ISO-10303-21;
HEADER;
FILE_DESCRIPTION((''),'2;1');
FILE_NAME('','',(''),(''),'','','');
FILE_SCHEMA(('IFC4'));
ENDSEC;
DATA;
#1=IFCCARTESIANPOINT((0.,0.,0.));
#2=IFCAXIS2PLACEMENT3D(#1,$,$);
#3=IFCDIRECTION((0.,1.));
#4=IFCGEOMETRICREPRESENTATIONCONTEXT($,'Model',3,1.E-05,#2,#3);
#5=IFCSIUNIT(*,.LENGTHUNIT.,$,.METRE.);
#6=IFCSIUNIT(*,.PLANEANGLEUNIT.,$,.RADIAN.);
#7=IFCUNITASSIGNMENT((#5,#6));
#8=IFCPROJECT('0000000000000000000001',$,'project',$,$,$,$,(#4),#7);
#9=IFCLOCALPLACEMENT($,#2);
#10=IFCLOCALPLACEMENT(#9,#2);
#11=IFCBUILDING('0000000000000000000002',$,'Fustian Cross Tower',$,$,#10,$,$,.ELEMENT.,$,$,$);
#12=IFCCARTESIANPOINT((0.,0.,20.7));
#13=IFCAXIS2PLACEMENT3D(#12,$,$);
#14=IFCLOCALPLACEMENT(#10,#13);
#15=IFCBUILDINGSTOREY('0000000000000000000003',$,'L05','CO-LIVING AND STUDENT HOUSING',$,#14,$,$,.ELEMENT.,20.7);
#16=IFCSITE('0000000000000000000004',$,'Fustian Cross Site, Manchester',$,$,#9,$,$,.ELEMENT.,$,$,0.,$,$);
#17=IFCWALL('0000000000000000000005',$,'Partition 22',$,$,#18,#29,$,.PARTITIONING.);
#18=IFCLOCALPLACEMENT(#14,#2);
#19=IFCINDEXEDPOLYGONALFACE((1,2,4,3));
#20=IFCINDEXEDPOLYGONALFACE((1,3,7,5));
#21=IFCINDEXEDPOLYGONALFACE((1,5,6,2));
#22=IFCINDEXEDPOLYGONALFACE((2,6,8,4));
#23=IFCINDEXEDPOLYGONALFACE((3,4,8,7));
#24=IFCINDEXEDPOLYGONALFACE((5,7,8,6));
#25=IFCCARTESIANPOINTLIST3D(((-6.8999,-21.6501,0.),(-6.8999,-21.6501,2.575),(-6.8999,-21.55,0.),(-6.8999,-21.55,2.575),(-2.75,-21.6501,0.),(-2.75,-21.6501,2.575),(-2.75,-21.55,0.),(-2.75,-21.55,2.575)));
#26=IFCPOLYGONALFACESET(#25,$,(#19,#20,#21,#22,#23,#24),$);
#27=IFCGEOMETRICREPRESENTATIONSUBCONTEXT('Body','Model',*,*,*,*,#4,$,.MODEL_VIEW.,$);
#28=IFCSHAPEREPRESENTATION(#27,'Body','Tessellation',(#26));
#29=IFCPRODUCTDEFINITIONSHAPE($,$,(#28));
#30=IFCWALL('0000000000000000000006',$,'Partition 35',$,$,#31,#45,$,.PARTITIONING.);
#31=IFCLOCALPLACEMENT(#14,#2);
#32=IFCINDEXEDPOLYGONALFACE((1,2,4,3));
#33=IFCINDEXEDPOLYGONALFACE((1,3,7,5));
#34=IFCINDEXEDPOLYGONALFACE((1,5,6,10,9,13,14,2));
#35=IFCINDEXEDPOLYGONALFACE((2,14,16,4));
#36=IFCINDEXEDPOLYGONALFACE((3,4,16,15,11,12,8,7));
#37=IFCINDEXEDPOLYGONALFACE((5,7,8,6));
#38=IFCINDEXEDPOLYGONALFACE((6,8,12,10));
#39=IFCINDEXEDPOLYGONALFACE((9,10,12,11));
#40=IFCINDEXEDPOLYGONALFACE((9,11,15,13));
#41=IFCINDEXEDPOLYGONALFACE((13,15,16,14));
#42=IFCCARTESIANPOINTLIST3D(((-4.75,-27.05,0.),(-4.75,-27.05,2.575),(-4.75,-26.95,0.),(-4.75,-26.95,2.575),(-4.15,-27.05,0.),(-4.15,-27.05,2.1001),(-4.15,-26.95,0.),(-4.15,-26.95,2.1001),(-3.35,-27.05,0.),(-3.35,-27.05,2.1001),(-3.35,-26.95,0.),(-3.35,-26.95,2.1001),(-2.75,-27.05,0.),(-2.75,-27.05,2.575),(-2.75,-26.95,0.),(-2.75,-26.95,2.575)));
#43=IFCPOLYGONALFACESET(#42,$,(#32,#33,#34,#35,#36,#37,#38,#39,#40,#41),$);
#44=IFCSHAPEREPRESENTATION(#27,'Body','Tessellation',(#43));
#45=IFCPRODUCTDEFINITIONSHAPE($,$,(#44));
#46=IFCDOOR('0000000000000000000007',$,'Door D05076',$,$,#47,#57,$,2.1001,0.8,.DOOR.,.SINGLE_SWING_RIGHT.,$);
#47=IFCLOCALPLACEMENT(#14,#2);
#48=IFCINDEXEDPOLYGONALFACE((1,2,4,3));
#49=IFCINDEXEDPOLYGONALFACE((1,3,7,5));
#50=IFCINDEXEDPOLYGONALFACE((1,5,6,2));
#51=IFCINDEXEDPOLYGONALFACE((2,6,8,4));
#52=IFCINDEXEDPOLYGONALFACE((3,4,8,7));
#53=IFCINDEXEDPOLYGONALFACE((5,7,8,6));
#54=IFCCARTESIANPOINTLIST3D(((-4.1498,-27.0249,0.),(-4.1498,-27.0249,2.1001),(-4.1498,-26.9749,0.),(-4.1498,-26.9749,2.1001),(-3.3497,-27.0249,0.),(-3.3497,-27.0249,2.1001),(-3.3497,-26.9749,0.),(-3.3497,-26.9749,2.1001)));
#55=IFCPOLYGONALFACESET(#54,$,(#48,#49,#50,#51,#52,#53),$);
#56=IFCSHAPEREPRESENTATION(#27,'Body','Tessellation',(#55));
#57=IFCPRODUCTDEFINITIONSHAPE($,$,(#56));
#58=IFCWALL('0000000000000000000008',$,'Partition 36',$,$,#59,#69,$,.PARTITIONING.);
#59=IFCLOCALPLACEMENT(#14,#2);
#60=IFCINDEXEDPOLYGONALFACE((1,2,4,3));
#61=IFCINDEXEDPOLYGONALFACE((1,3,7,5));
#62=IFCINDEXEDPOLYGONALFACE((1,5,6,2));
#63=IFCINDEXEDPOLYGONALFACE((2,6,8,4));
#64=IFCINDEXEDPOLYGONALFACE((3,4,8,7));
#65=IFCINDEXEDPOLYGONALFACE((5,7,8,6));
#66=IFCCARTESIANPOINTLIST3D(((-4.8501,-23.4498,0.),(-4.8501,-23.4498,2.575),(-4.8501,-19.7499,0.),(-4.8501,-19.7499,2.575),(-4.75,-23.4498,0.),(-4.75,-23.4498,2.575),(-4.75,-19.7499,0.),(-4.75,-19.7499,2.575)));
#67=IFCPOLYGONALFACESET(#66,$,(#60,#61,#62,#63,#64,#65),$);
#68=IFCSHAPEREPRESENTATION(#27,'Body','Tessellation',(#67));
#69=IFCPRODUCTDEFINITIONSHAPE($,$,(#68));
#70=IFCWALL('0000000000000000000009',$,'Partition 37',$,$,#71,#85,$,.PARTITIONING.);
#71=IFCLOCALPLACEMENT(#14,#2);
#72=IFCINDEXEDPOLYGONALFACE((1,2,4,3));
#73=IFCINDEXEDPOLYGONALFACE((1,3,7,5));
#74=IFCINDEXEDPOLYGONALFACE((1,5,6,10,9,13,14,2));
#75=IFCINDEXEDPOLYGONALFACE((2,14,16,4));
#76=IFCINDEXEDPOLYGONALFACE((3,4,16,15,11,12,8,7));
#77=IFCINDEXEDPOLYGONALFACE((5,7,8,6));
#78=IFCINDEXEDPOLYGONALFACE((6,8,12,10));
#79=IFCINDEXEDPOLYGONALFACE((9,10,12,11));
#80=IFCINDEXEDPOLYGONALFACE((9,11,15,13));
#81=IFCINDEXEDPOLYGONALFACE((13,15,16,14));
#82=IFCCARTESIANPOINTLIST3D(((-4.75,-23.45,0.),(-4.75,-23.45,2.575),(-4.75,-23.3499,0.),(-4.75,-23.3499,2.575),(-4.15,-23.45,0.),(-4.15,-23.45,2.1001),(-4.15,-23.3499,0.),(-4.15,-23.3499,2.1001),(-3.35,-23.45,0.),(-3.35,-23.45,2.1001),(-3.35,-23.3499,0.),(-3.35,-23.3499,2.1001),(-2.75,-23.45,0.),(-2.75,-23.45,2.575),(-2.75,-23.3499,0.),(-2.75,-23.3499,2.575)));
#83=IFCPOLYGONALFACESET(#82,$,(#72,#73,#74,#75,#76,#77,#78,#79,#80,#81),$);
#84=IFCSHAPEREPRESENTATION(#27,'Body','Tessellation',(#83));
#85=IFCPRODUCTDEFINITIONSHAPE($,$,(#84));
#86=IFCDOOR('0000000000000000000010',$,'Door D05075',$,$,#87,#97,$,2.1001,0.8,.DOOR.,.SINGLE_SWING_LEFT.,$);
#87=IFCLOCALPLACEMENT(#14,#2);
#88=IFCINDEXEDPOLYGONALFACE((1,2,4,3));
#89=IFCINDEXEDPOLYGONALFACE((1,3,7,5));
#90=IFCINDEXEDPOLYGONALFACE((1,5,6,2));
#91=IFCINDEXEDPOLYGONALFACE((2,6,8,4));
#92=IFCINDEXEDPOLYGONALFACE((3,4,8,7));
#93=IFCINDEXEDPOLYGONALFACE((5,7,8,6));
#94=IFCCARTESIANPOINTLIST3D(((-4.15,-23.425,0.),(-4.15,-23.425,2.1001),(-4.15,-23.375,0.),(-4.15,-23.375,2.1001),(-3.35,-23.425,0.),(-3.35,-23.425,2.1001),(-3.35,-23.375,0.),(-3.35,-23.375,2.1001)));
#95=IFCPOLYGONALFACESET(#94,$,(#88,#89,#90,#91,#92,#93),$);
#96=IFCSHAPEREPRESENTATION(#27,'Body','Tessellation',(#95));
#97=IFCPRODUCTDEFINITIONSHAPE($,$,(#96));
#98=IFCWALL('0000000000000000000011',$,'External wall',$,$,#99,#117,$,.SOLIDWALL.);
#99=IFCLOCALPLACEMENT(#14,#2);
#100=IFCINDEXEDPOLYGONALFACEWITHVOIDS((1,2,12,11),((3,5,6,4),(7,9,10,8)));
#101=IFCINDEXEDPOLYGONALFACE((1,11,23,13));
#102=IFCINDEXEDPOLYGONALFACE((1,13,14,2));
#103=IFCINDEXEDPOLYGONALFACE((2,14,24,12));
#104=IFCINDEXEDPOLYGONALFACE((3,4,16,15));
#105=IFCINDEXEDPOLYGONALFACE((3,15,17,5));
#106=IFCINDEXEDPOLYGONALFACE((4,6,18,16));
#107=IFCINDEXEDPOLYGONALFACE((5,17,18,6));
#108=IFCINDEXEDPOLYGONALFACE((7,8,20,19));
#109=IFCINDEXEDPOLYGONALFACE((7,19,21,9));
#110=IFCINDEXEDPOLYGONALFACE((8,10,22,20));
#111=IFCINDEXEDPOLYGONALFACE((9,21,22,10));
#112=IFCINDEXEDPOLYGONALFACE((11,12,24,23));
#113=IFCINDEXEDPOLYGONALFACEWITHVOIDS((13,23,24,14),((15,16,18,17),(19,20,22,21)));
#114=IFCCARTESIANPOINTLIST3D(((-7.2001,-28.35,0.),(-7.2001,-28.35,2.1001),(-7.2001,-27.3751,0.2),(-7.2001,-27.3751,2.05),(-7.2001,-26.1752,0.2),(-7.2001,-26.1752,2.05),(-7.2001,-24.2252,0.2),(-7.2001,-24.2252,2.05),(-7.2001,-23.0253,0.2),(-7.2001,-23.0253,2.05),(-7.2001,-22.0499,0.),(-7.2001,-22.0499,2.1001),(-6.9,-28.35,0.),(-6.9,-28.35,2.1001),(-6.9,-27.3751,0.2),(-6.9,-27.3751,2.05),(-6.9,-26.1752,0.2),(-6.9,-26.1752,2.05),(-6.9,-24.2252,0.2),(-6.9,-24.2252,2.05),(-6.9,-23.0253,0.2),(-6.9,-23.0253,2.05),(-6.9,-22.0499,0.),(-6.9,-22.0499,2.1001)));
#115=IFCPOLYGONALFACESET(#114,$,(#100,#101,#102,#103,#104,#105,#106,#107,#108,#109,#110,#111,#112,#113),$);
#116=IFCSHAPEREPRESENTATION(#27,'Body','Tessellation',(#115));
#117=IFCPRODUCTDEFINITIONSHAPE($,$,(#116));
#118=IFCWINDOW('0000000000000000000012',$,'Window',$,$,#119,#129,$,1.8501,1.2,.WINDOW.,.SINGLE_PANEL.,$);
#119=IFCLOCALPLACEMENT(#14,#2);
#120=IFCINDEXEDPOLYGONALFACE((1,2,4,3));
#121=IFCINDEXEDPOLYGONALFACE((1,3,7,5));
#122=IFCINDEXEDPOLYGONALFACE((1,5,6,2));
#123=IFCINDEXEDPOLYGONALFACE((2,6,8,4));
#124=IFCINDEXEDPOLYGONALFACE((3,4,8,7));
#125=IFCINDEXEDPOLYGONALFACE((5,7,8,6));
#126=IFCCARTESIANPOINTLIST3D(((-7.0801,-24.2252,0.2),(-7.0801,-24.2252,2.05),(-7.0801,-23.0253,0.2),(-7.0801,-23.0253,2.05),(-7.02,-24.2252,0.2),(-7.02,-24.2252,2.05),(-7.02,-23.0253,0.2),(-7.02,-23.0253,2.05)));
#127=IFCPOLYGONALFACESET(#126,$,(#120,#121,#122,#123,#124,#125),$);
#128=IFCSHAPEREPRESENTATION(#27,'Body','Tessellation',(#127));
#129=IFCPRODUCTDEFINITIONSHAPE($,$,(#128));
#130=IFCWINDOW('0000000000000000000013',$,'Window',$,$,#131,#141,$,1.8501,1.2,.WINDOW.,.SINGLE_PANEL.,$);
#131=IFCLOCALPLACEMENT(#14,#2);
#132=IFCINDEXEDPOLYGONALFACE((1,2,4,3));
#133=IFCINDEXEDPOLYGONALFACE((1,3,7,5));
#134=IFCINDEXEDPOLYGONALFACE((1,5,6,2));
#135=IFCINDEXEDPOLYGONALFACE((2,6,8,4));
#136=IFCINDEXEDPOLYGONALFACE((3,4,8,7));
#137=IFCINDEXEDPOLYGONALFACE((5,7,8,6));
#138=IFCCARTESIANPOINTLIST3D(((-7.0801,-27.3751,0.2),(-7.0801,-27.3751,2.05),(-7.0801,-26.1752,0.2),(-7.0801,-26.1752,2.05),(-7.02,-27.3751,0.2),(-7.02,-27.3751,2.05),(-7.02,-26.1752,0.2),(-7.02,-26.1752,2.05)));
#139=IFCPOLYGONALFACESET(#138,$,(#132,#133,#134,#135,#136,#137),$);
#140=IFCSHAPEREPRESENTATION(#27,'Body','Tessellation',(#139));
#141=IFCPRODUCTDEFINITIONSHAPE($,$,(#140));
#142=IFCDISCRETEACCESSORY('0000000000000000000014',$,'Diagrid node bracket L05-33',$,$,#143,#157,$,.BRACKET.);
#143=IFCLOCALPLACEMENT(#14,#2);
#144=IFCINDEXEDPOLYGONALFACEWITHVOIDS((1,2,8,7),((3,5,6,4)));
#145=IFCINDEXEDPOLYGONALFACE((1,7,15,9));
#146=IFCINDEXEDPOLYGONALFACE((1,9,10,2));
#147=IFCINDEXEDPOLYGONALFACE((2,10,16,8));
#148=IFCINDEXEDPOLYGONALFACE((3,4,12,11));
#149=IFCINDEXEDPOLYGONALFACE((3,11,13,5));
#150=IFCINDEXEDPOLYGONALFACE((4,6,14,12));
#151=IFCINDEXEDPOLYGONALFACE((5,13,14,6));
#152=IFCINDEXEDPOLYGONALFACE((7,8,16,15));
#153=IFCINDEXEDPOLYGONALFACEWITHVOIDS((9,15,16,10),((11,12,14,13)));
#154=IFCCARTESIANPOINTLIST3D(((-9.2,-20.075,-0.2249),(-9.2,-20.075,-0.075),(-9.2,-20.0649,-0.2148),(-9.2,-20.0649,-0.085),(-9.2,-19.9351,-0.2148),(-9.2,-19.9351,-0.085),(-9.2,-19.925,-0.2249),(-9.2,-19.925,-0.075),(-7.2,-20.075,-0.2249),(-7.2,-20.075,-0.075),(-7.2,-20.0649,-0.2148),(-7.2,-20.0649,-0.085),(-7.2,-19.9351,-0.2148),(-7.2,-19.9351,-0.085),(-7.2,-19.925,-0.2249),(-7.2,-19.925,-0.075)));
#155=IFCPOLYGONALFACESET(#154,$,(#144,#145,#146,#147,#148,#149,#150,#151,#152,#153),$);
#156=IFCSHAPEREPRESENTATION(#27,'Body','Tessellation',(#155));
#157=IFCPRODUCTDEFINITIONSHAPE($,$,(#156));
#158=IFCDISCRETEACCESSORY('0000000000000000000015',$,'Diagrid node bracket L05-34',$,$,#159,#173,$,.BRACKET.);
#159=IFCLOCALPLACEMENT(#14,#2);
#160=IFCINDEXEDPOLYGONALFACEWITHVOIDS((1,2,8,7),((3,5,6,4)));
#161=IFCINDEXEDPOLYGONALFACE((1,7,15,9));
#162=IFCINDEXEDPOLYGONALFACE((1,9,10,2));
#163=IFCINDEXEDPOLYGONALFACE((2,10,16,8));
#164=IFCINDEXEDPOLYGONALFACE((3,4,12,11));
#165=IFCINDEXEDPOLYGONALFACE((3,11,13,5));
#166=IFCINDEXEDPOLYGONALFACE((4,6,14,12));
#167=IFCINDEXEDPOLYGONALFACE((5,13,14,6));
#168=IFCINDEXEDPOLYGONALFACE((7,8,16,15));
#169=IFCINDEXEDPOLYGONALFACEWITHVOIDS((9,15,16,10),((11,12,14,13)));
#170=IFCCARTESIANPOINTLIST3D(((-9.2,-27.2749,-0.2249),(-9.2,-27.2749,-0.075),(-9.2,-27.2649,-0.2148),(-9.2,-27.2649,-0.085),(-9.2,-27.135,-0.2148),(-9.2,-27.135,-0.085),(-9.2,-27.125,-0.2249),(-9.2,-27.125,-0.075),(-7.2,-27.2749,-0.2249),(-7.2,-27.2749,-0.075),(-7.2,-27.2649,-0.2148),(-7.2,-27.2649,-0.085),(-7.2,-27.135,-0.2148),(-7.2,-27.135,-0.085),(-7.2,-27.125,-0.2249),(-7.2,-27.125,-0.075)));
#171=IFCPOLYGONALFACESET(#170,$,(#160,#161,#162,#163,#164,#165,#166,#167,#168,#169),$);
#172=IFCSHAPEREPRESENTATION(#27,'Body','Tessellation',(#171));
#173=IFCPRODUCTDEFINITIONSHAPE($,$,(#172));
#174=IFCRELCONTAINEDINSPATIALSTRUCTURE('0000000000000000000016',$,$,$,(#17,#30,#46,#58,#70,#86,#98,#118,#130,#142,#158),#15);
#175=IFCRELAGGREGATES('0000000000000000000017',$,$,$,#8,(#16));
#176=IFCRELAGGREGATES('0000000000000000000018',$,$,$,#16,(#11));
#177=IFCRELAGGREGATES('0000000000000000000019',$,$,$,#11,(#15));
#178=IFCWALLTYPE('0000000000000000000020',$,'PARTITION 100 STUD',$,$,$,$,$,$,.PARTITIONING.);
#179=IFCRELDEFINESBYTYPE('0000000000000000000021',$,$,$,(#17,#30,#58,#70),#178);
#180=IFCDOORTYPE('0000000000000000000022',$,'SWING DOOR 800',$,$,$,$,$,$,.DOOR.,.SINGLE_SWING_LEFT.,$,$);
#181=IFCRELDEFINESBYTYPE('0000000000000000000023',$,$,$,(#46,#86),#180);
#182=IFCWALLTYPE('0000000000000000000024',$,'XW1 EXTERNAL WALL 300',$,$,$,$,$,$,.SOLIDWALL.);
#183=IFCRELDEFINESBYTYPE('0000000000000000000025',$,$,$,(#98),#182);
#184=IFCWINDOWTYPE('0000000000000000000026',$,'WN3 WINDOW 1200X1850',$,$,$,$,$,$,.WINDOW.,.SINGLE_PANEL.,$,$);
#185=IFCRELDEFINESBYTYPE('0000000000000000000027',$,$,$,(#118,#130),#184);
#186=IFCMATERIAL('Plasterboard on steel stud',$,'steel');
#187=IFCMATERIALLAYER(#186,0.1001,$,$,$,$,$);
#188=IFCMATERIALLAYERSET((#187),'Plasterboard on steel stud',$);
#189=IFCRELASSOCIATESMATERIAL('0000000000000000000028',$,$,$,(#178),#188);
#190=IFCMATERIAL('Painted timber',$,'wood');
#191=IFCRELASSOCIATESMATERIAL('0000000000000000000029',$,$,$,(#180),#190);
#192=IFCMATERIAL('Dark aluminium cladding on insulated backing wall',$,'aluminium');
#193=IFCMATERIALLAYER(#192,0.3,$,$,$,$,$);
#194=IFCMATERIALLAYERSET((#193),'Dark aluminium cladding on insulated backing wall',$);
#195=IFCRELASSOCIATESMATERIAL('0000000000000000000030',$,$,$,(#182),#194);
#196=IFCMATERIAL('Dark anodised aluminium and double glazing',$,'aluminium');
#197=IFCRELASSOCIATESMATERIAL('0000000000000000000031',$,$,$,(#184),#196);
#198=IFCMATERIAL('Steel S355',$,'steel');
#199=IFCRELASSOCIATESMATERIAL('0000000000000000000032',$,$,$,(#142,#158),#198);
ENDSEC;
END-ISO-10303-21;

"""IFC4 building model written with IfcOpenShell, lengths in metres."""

from ifc_helpers import new_model, si_unit, direction, frame, frame_2d, origin, origin_2d, place, context, subcontext, project, spatial, rectangle, hollow_rectangle, extrude, material, layer, layer_set, type_object, element, fill, save


model = new_model("IFC4")

# Units and contexts
model_context = context("Model", 3, precision=1e-05, world=origin(), true_north=direction((0.0, 1.0)))
body_context = subcontext(model_context, "Body", "Model", "MODEL_VIEW")
ifc_project = project(units=[si_unit("LENGTHUNIT", "METRE"), si_unit("PLANEANGLEUNIT", "RADIAN")], contexts=[model_context])

# Site, building, storey
site_placement = place(None, origin())
site = spatial("IfcSite", under=ifc_project, at=site_placement, Name="Fustian Cross Site, Manchester", CompositionType="ELEMENT", RefElevation=0.0)
building_placement = place(site_placement, origin())
building = spatial("IfcBuilding", under=site, at=building_placement, Name="Fustian Cross Tower", CompositionType="ELEMENT")
storey_placement = place(building_placement, frame((0.0, 0.0, 20.7)))
storey = spatial("IfcBuildingStorey", under=building, at=storey_placement, Name="L05", Description="CO-LIVING AND STUDENT HOUSING", CompositionType="ELEMENT", Elevation=20.7)

# Wall
ifc_material_1 = material(Name="Plasterboard on steel stud", Category="steel")
ifc_layer_1 = layer(ifc_material_1, 0.1001)
ifc_layer_set_1 = layer_set([ifc_layer_1], Name="Plasterboard on steel stud")
wall_type_1 = type_object("IfcWallType", Name="PARTITION 100 STUD", PredefinedType="PARTITIONING", material=ifc_layer_set_1)
for number, where, z_axis, x_axis, name in (
    (1, (-6.8999, -21.6001, 0.0), (0.0, 0.0, 1.0), (1.0, 0.0, 0.0), "Partition 22"),
):
    element("IfcWall", number, at=place(storey_placement, frame(where, z_axis=z_axis, x_axis=x_axis)), inside=storey, type_object=wall_type_1, Name=name, PredefinedType="PARTITIONING", context=body_context, shape_type="SweptSolid", body=[
        extrude(rectangle(XDim=4.1499, YDim=0.1001, at=frame_2d((2.075, 0.0))), origin(), (0.0, 0.0, 1.0), 2.575),
    ])

# Wall, opening, door
wall_1_placement = place(storey_placement, frame((-4.75, -27.0, 0.0), z_axis=(0.0, 0.0, 1.0), x_axis=(1.0, 0.0, 0.0)))
wall_1 = element("IfcWall", 2, at=wall_1_placement, inside=storey, type_object=wall_type_1, Name="Partition 35", PredefinedType="PARTITIONING", context=body_context, shape_type="SweptSolid", body=[
    extrude(rectangle(XDim=2.0, YDim=0.1001, at=frame_2d((1.0, 0.0))), origin(), (0.0, 0.0, 1.0), 2.575),
])
opening_1_placement = place(wall_1_placement, frame((0.6001, 0.0, 0.0)))
opening_1 = element("IfcOpeningElement", 3, at=opening_1_placement, cuts=wall_1, PredefinedType="OPENING", context=body_context, shape_type="SweptSolid", body=[
    extrude(rectangle(XDim=0.8, YDim=2.1001, at=frame_2d((0.3999, 1.05))), frame((0.0, 0.0601, 0.0), z_axis=(0.0, -1.0, 0.0), x_axis=(1.0, 0.0, 0.0)), (0.0, 0.0, 1.0), 0.1201),
])
ifc_material_2 = material(Name="Painted timber", Category="wood")
door_type = type_object("IfcDoorType", Name="SWING DOOR 800", OperationType="SINGLE_SWING_LEFT", PredefinedType="DOOR", material=ifc_material_2)
door_1_placement = place(opening_1_placement, frame((0.8, 0.0, 0.0), z_axis=(0.0, 0.0, 1.0), x_axis=(-1.0, 0.0, 0.0)))
door_1 = element("IfcDoor", 4, at=door_1_placement, inside=storey, type_object=door_type, Name="Door D05076", OperationType="SINGLE_SWING_RIGHT", OverallHeight=2.1001, OverallWidth=0.8, PredefinedType="DOOR", context=body_context, shape_type="SweptSolid", body=[
    extrude(rectangle(XDim=0.8, YDim=2.1001, at=frame_2d((0.3999, 1.05))), frame((0.0, 0.0249, 0.0), z_axis=(0.0, -1.0, 0.0), x_axis=(1.0, 0.0, 0.0)), (0.0, 0.0, 1.0), 0.05),
])
fill(opening_1, door_1)

# Wall
wall_2_placement = place(storey_placement, frame((-4.8, -23.45, 0.0), z_axis=(0.0, 0.0, 1.0), x_axis=(0.0, 1.0, 0.0)))
element("IfcWall", 5, at=wall_2_placement, inside=storey, type_object=wall_type_1, Name="Partition 36", PredefinedType="PARTITIONING", context=body_context, shape_type="SweptSolid", body=[
    extrude(rectangle(XDim=3.7, YDim=0.1001, at=frame_2d((1.8501, 0.0))), origin(), (0.0, 0.0, 1.0), 2.575),
])

# Wall, opening, door
wall_3_placement = place(storey_placement, frame((-4.75, -23.3999, 0.0), z_axis=(0.0, 0.0, 1.0), x_axis=(1.0, 0.0, 0.0)))
wall_3 = element("IfcWall", 6, at=wall_3_placement, inside=storey, type_object=wall_type_1, Name="Partition 37", PredefinedType="PARTITIONING", context=body_context, shape_type="SweptSolid", body=[
    extrude(rectangle(XDim=2.0, YDim=0.1001, at=frame_2d((1.0, 0.0))), origin(), (0.0, 0.0, 1.0), 2.575),
])
opening_2_placement = place(wall_3_placement, frame((0.6001, 0.0, 0.0)))
opening_2 = element("IfcOpeningElement", 7, at=opening_2_placement, cuts=wall_3, PredefinedType="OPENING", context=body_context, shape_type="SweptSolid", body=[
    extrude(rectangle(XDim=0.8, YDim=2.1001, at=frame_2d((0.3999, 1.05))), frame((0.0, 0.0601, 0.0), z_axis=(0.0, -1.0, 0.0), x_axis=(1.0, 0.0, 0.0)), (0.0, 0.0, 1.0), 0.1201),
])
door_2_placement = place(opening_2_placement, origin())
door_2 = element("IfcDoor", 8, at=door_2_placement, inside=storey, type_object=door_type, Name="Door D05075", OperationType="SINGLE_SWING_LEFT", OverallHeight=2.1001, OverallWidth=0.8, PredefinedType="DOOR", context=body_context, shape_type="SweptSolid", body=[
    extrude(rectangle(XDim=0.8, YDim=2.1001, at=frame_2d((0.3999, 1.05))), frame((0.0, 0.0249, 0.0), z_axis=(0.0, -1.0, 0.0), x_axis=(1.0, 0.0, 0.0)), (0.0, 0.0, 1.0), 0.05),
])
fill(opening_2, door_2)

# Wall, openings, windows
ifc_material_3 = material(Name="Dark aluminium cladding on insulated backing wall", Category="aluminium")
ifc_layer_2 = layer(ifc_material_3, 0.3)
ifc_layer_set_2 = layer_set([ifc_layer_2], Name="Dark aluminium cladding on insulated backing wall")
wall_type_2 = type_object("IfcWallType", Name="XW1 EXTERNAL WALL 300", PredefinedType="SOLIDWALL", material=ifc_layer_set_2)
wall_4_placement = place(storey_placement, frame((-7.05, -22.05, 0.0), z_axis=(0.0, 0.0, 1.0), x_axis=(0.0, -1.0, 0.0)))
wall_4 = element("IfcWall", 9, at=wall_4_placement, inside=storey, type_object=wall_type_2, Name="External wall", PredefinedType="SOLIDWALL", context=body_context, shape_type="SweptSolid", body=[
    extrude(rectangle(XDim=6.3, YDim=0.3, at=frame_2d((3.1499, 0.0))), origin(), (0.0, 0.0, 1.0), 2.1001),
])
opening_3_placement = place(wall_4_placement, frame((0.9751, 0.0, 0.2)))
opening_3 = element("IfcOpeningElement", 10, at=opening_3_placement, cuts=wall_4, PredefinedType="OPENING", context=body_context, shape_type="SweptSolid", body=[
    extrude(rectangle(XDim=1.2, YDim=1.8501, at=frame_2d((0.6001, 0.925))), frame((0.0, 0.1599, 0.0), z_axis=(0.0, -1.0, 0.0), x_axis=(1.0, 0.0, 0.0)), (0.0, 0.0, 1.0), 0.3201),
])
opening_4_placement = place(wall_4_placement, frame((4.125, 0.0, 0.2)))
opening_4 = element("IfcOpeningElement", 11, at=opening_4_placement, cuts=wall_4, PredefinedType="OPENING", context=body_context, shape_type="SweptSolid", body=[
    extrude(rectangle(XDim=1.2, YDim=1.8501, at=frame_2d((0.6001, 0.925))), frame((0.0, 0.1599, 0.0), z_axis=(0.0, -1.0, 0.0), x_axis=(1.0, 0.0, 0.0)), (0.0, 0.0, 1.0), 0.3201),
])
ifc_material_4 = material(Name="Dark anodised aluminium and double glazing", Category="aluminium")
window_type = type_object("IfcWindowType", Name="WN3 WINDOW 1200X1850", PartitioningType="SINGLE_PANEL", PredefinedType="WINDOW", material=ifc_material_4)
window_1_placement = place(opening_3_placement, origin())
window_1 = element("IfcWindow", 12, at=window_1_placement, inside=storey, type_object=window_type, Name="Window", OverallHeight=1.8501, OverallWidth=1.2, PartitioningType="SINGLE_PANEL", PredefinedType="WINDOW", context=body_context, shape_type="SweptSolid", body=[
    extrude(rectangle(XDim=1.2, YDim=1.8501, at=frame_2d((0.6001, 0.925))), frame((0.0, 0.03, 0.0), z_axis=(0.0, -1.0, 0.0), x_axis=(1.0, 0.0, 0.0)), (0.0, 0.0, 1.0), 0.0601),
])
fill(opening_3, window_1)
window_2_placement = place(opening_4_placement, origin())
window_2 = element("IfcWindow", 13, at=window_2_placement, inside=storey, type_object=window_type, Name="Window", OverallHeight=1.8501, OverallWidth=1.2, PartitioningType="SINGLE_PANEL", PredefinedType="WINDOW", context=body_context, shape_type="SweptSolid", body=[
    extrude(rectangle(XDim=1.2, YDim=1.8501, at=frame_2d((0.6001, 0.925))), frame((0.0, 0.03, 0.0), z_axis=(0.0, -1.0, 0.0), x_axis=(1.0, 0.0, 0.0)), (0.0, 0.0, 1.0), 0.0601),
])
fill(opening_4, window_2)

# Discrete accessories
ifc_material_5 = material(Name="Steel S355", Category="steel")
for number, where, z_axis, x_axis, name in (
    (14, (-9.2, -20.0, -0.1499), (1.0, 0.0, 0.0), (0.0, 1.0, 0.0), "Diagrid node bracket L05-33"),
    (15, (-9.2, -27.2, -0.1499), (1.0, 0.0, 0.0), (0.0, 1.0, 0.0), "Diagrid node bracket L05-34"),
):
    element("IfcDiscreteAccessory", number, at=place(storey_placement, frame(where, z_axis=z_axis, x_axis=x_axis)), inside=storey, material=ifc_material_5, Name=name, PredefinedType="BRACKET", context=body_context, shape_type="SweptSolid", body=[
        extrude(hollow_rectangle(XDim=0.1499, YDim=0.1499, WallThickness=0.01, at=origin_2d()), origin(), (0.0, 0.0, 1.0), 2.0),
    ])

save(model, "model.ifc")
